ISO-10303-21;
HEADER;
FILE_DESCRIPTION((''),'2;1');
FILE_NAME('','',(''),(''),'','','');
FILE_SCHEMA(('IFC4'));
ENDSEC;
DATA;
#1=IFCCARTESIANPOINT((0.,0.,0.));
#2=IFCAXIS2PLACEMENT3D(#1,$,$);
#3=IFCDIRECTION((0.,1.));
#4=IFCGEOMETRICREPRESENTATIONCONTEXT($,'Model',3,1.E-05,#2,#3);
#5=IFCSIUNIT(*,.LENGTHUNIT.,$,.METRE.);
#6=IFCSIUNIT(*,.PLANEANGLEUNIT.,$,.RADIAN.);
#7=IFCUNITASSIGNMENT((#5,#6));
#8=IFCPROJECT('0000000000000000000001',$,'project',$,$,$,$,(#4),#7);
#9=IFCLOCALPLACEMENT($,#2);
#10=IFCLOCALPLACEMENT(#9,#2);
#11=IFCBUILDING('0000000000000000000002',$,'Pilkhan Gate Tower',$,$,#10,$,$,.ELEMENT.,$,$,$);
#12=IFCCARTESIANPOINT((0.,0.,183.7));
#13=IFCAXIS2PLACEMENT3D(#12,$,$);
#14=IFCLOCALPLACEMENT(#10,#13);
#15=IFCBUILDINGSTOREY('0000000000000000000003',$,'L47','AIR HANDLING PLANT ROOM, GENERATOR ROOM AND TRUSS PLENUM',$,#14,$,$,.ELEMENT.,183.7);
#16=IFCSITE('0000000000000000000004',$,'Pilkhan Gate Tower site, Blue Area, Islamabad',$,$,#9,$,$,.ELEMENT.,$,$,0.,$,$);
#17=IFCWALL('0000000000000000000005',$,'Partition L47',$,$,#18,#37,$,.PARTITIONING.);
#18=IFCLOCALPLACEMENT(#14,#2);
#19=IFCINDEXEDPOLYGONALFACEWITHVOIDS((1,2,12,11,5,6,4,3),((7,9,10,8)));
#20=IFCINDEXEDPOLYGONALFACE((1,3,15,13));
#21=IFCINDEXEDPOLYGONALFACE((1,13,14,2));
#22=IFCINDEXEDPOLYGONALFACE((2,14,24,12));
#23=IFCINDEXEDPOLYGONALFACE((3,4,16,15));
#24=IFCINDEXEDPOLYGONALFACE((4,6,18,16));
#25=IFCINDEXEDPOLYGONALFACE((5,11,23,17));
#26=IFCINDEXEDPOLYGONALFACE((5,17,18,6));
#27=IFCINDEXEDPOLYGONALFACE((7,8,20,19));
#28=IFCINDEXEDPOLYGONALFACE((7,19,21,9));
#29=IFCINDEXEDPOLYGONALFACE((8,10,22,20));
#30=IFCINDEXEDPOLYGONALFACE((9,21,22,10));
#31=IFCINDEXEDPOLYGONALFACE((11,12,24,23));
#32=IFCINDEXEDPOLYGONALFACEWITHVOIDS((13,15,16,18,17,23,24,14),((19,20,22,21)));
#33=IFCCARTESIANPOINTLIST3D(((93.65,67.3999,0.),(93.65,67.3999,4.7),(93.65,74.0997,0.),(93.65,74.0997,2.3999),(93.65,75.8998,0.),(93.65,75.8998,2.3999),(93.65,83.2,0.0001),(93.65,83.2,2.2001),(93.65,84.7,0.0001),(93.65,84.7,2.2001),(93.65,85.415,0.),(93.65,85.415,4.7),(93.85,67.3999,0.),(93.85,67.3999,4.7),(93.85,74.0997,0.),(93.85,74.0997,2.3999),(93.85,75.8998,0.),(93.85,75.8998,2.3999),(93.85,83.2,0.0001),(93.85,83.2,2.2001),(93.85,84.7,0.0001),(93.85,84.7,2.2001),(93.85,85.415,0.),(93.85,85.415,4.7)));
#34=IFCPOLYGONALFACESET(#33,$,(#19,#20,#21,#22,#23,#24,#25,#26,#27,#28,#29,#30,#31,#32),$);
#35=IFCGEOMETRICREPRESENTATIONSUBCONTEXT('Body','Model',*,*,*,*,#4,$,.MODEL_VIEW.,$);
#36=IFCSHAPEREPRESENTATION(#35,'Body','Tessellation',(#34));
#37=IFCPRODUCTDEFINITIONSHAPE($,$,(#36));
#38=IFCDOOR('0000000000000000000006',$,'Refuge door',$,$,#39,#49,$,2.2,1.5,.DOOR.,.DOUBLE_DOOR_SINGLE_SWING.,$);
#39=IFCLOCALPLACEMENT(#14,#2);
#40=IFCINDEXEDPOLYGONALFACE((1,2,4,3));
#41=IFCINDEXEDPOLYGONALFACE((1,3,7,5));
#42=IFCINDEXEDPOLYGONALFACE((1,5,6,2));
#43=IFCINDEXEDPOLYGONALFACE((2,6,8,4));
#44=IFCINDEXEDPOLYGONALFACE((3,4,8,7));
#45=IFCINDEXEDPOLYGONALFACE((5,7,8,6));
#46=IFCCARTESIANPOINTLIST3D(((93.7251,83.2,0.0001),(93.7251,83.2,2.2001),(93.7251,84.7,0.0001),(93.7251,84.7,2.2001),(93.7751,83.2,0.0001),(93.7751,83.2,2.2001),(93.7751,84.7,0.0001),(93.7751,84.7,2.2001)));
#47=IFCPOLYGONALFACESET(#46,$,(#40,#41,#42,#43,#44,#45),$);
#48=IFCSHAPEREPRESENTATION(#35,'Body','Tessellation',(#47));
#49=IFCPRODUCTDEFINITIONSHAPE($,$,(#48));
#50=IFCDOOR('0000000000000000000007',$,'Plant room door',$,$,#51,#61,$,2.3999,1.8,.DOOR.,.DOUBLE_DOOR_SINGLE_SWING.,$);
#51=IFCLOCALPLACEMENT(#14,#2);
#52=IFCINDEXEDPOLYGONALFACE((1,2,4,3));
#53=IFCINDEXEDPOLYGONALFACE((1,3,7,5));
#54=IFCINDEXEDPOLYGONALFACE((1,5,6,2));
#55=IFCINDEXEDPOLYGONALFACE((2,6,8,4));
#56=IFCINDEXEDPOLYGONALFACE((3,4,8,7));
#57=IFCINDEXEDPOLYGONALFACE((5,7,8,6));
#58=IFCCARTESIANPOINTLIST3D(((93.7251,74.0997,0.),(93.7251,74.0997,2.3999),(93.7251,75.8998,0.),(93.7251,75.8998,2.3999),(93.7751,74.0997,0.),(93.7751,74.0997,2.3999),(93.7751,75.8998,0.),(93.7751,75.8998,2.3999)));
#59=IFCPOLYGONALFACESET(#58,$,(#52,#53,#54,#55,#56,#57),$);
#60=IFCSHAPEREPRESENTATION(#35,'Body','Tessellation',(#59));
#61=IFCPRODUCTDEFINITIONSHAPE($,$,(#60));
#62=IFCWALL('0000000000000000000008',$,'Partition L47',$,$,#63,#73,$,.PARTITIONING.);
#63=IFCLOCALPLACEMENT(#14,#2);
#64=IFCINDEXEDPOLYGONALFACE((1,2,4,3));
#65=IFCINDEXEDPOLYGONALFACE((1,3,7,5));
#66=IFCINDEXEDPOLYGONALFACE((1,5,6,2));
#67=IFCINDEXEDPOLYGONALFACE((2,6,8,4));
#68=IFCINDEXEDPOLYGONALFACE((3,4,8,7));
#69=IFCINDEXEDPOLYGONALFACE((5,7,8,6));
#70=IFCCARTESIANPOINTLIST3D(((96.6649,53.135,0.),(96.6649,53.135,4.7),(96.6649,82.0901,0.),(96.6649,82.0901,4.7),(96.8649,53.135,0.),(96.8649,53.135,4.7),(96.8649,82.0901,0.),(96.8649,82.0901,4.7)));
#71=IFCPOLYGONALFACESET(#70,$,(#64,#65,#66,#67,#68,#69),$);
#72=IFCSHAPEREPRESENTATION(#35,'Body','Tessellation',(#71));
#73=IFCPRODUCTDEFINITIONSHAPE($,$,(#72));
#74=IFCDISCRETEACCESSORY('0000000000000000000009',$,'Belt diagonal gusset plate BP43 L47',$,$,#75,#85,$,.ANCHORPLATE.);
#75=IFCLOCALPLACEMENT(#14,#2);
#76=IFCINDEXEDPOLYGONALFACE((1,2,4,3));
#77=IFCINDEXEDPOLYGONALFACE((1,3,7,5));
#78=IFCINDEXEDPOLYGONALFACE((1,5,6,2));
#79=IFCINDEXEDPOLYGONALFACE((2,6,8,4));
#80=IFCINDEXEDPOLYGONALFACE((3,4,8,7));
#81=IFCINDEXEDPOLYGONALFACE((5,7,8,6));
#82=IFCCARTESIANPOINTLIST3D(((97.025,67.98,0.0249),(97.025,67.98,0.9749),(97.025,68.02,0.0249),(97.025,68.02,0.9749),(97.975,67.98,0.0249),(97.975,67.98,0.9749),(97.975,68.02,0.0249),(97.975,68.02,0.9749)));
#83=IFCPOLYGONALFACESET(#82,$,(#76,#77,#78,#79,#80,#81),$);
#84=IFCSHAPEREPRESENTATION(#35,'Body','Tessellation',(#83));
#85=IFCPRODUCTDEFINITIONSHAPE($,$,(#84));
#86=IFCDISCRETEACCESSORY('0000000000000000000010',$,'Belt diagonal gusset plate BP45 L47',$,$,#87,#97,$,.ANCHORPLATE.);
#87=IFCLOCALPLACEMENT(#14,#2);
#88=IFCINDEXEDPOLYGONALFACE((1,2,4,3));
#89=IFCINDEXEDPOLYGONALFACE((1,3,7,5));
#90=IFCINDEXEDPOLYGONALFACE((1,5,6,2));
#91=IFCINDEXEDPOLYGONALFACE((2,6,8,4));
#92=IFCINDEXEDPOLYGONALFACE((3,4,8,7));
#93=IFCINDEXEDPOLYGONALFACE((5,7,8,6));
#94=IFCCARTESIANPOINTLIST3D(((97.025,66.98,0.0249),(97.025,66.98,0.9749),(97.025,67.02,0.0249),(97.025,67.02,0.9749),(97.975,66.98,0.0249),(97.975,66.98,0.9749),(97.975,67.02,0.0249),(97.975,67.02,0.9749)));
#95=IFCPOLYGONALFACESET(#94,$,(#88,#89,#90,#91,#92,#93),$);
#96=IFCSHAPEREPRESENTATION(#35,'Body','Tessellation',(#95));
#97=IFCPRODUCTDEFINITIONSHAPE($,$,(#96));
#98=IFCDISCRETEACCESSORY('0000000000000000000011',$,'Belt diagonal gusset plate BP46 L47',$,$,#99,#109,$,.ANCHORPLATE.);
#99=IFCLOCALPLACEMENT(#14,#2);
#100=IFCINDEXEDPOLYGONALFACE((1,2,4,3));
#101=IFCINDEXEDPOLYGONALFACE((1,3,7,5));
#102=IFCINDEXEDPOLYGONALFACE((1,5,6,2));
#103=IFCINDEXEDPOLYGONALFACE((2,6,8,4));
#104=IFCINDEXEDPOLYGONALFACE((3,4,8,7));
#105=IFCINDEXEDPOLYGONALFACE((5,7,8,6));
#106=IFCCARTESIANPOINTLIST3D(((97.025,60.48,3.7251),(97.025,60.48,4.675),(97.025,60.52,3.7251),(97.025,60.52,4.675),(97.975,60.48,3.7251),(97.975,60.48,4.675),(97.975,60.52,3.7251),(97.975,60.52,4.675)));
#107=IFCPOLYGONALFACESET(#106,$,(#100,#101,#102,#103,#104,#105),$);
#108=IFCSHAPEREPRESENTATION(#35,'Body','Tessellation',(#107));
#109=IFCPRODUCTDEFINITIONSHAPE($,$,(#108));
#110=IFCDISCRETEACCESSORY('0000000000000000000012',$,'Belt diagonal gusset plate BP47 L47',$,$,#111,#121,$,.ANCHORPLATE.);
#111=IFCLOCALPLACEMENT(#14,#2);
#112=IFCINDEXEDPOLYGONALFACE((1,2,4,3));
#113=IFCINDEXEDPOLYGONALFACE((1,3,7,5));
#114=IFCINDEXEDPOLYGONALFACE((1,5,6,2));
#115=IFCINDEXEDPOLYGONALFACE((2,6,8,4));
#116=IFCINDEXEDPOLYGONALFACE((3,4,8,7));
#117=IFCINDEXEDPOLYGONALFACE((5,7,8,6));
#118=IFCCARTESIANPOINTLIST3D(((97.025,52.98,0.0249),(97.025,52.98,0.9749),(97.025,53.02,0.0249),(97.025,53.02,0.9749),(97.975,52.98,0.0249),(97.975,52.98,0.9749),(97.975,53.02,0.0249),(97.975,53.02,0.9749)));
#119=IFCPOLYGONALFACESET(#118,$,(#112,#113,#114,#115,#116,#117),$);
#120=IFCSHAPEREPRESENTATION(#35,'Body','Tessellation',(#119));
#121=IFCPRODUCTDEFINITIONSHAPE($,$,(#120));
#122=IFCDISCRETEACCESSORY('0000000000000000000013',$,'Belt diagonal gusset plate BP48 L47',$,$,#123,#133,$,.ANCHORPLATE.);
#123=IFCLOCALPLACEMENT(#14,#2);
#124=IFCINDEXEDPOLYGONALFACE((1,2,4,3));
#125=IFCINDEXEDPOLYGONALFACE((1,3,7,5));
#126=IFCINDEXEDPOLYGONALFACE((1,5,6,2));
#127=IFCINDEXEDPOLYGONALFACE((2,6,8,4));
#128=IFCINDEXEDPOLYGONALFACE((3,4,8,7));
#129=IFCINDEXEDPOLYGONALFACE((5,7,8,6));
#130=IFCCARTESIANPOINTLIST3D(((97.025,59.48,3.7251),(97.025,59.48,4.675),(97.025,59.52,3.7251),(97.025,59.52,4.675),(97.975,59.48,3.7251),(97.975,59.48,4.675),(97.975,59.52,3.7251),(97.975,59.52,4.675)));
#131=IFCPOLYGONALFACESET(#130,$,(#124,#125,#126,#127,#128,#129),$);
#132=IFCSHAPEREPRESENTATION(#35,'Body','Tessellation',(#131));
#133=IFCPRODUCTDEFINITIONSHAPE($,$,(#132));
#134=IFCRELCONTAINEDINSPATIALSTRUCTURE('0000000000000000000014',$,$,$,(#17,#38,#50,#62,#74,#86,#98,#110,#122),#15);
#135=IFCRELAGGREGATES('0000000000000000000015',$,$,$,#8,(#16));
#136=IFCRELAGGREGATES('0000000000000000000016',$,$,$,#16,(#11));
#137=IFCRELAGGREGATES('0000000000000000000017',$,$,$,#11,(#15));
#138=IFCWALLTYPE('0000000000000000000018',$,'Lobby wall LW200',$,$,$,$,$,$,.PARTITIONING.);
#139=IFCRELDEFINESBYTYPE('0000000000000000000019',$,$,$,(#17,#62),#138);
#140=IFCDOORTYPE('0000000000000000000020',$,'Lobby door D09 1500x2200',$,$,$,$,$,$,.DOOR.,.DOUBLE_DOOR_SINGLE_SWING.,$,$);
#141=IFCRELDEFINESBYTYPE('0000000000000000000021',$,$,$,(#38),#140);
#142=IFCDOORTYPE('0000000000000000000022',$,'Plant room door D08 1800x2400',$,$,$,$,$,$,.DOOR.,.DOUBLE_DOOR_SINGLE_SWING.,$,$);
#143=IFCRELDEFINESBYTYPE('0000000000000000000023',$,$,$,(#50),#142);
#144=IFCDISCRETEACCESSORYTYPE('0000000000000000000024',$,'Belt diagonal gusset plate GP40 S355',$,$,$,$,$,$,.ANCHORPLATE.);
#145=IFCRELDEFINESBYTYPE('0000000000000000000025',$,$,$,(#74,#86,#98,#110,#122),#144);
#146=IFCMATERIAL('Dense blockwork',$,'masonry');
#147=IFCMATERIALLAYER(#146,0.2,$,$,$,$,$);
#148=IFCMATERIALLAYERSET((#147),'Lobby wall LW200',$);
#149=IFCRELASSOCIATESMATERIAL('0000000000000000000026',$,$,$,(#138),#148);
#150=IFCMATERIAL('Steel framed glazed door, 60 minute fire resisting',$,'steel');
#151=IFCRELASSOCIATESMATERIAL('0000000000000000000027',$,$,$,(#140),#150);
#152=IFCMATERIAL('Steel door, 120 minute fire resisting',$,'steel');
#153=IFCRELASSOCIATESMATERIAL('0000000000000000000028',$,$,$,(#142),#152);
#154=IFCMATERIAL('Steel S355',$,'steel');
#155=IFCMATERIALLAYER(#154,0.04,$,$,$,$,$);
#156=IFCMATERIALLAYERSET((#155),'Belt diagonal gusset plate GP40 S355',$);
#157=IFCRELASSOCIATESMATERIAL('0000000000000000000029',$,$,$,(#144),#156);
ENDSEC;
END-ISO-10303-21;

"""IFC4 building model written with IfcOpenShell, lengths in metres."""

from ifc_helpers import new_model, si_unit, direction, frame, frame_2d, origin, origin_2d, place, context, subcontext, project, spatial, rectangle, extrude, material, layer, layer_set, type_object, element, fill, save


model = new_model("IFC4")

# Units and contexts
model_context = context("Model", 3, precision=1e-05, world=origin(), true_north=direction((0.0, 1.0)))
body_context = subcontext(model_context, "Body", "Model", "MODEL_VIEW")
ifc_project = project(units=[si_unit("LENGTHUNIT", "METRE"), si_unit("PLANEANGLEUNIT", "RADIAN")], contexts=[model_context])

# Site, building, storey
site_placement = place(None, origin())
site = spatial("IfcSite", under=ifc_project, at=site_placement, Name="Pilkhan Gate Tower site, Blue Area, Islamabad", CompositionType="ELEMENT", RefElevation=0.0)
building_placement = place(site_placement, origin())
building = spatial("IfcBuilding", under=site, at=building_placement, Name="Pilkhan Gate Tower", CompositionType="ELEMENT")
storey_placement = place(building_placement, frame((0.0, 0.0, 183.7)))
storey = spatial("IfcBuildingStorey", under=building, at=storey_placement, Name="L47", Description="AIR HANDLING PLANT ROOM, GENERATOR ROOM AND TRUSS PLENUM", CompositionType="ELEMENT", Elevation=183.7)

# Shared definitions
ifc_material_1 = material(Name="Dense blockwork", Category="masonry")
ifc_layer_1 = layer(ifc_material_1, 0.2)
ifc_layer_set_1 = layer_set([ifc_layer_1], Name="Lobby wall LW200")
wall_type = type_object("IfcWallType", Name="Lobby wall LW200", PredefinedType="PARTITIONING", material=ifc_layer_set_1)

# Wall, openings, doors
wall_1_placement = place(storey_placement, frame((93.75, 67.3999, 0.0), z_axis=(0.0, 0.0, 1.0), x_axis=(0.0, 1.0, 0.0)))
wall_1 = element("IfcWall", 1, at=wall_1_placement, inside=storey, type_object=wall_type, Name="Partition L47", PredefinedType="PARTITIONING", context=body_context, shape_type="SweptSolid", body=[
    extrude(rectangle(XDim=18.0151, YDim=0.2, at=frame_2d((9.0076, 0.0))), origin(), (0.0, 0.0, 1.0), 4.7),
])
opening_1_placement = place(wall_1_placement, frame((15.8, 0.0, 0.0)))
opening_1 = element("IfcOpeningElement", 2, at=opening_1_placement, cuts=wall_1, PredefinedType="OPENING", context=body_context, shape_type="SweptSolid", body=[
    extrude(rectangle(XDim=1.5, YDim=2.2, at=frame_2d((0.75, 1.1001))), frame((0.0, 0.1099, 0.0), z_axis=(0.0, -1.0, 0.0), x_axis=(1.0, 0.0, 0.0)), (0.0, 0.0, 1.0), 0.22),
])
opening_2_placement = place(wall_1_placement, frame((6.7, 0.0, 0.0)))
opening_2 = element("IfcOpeningElement", 3, at=opening_2_placement, cuts=wall_1, PredefinedType="OPENING", context=body_context, shape_type="SweptSolid", body=[
    extrude(rectangle(XDim=1.8, YDim=2.3999, at=frame_2d((0.8999, 1.2))), frame((0.0, 0.1099, 0.0), z_axis=(0.0, -1.0, 0.0), x_axis=(1.0, 0.0, 0.0)), (0.0, 0.0, 1.0), 0.22),
])
ifc_material_2 = material(Name="Steel framed glazed door, 60 minute fire resisting", Category="steel")
door_type_1 = type_object("IfcDoorType", Name="Lobby door D09 1500x2200", OperationType="DOUBLE_DOOR_SINGLE_SWING", PredefinedType="DOOR", material=ifc_material_2)
door_1_placement = place(opening_1_placement, origin())
door_1 = element("IfcDoor", 4, at=door_1_placement, inside=storey, type_object=door_type_1, Name="Refuge door", OperationType="DOUBLE_DOOR_SINGLE_SWING", OverallHeight=2.2, OverallWidth=1.5, PredefinedType="DOOR", context=body_context, shape_type="SweptSolid", body=[
    extrude(rectangle(XDim=1.5, YDim=2.2, at=frame_2d((0.75, 1.1001))), frame((0.0, 0.0249, 0.0), z_axis=(0.0, -1.0, 0.0), x_axis=(1.0, 0.0, 0.0)), (0.0, 0.0, 1.0), 0.05),
])
fill(opening_1, door_1)
ifc_material_3 = material(Name="Steel door, 120 minute fire resisting", Category="steel")
door_type_2 = type_object("IfcDoorType", Name="Plant room door D08 1800x2400", OperationType="DOUBLE_DOOR_SINGLE_SWING", PredefinedType="DOOR", material=ifc_material_3)
door_2_placement = place(opening_2_placement, origin())
door_2 = element("IfcDoor", 5, at=door_2_placement, inside=storey, type_object=door_type_2, Name="Plant room door", OperationType="DOUBLE_DOOR_SINGLE_SWING", OverallHeight=2.3999, OverallWidth=1.8, PredefinedType="DOOR", context=body_context, shape_type="SweptSolid", body=[
    extrude(rectangle(XDim=1.8, YDim=2.3999, at=frame_2d((0.8999, 1.2))), frame((0.0, 0.0249, 0.0), z_axis=(0.0, -1.0, 0.0), x_axis=(1.0, 0.0, 0.0)), (0.0, 0.0, 1.0), 0.05),
])
fill(opening_2, door_2)

# Wall
wall_2_placement = place(storey_placement, frame((96.7649, 53.135, 0.0), z_axis=(0.0, 0.0, 1.0), x_axis=(0.0, 1.0, 0.0)))
element("IfcWall", 6, at=wall_2_placement, inside=storey, type_object=wall_type, Name="Partition L47", PredefinedType="PARTITIONING", context=body_context, shape_type="SweptSolid", body=[
    extrude(rectangle(XDim=28.9551, YDim=0.2, at=frame_2d((14.4775, 0.0))), origin(), (0.0, 0.0, 1.0), 4.7),
])

# Discrete accessories
ifc_material_4 = material(Name="Steel S355", Category="steel")
ifc_layer_2 = layer(ifc_material_4, 0.04)
ifc_layer_set_2 = layer_set([ifc_layer_2], Name="Belt diagonal gusset plate GP40 S355")
discrete_accessory_type = type_object("IfcDiscreteAccessoryType", Name="Belt diagonal gusset plate GP40 S355", PredefinedType="ANCHORPLATE", material=ifc_layer_set_2)
for number, where, z_axis, x_axis, name in (
    (7, (97.5, 68.0, 0.0249), (0.0, 0.0, 1.0), (0.0, 1.0, 0.0), "Belt diagonal gusset plate BP43 L47"),
    (8, (97.5, 67.0, 0.0249), (0.0, 0.0, 1.0), (0.0, 1.0, 0.0), "Belt diagonal gusset plate BP45 L47"),
    (9, (97.5, 60.5, 3.7251), (0.0, 0.0, 1.0), (0.0, 1.0, 0.0), "Belt diagonal gusset plate BP46 L47"),
    (10, (97.5, 53.0, 0.0249), (0.0, 0.0, 1.0), (0.0, 1.0, 0.0), "Belt diagonal gusset plate BP47 L47"),
    (11, (97.5, 59.5, 3.7251), (0.0, 0.0, 1.0), (0.0, 1.0, 0.0), "Belt diagonal gusset plate BP48 L47"),
):
    element("IfcDiscreteAccessory", number, at=place(storey_placement, frame(where, z_axis=z_axis, x_axis=x_axis)), inside=storey, type_object=discrete_accessory_type, Name=name, PredefinedType="ANCHORPLATE", context=body_context, shape_type="SweptSolid", body=[
        extrude(rectangle(XDim=0.04, YDim=0.95, at=origin_2d()), origin(), (0.0, 0.0, 1.0), 0.95),
    ])

save(model, "model.ifc")
